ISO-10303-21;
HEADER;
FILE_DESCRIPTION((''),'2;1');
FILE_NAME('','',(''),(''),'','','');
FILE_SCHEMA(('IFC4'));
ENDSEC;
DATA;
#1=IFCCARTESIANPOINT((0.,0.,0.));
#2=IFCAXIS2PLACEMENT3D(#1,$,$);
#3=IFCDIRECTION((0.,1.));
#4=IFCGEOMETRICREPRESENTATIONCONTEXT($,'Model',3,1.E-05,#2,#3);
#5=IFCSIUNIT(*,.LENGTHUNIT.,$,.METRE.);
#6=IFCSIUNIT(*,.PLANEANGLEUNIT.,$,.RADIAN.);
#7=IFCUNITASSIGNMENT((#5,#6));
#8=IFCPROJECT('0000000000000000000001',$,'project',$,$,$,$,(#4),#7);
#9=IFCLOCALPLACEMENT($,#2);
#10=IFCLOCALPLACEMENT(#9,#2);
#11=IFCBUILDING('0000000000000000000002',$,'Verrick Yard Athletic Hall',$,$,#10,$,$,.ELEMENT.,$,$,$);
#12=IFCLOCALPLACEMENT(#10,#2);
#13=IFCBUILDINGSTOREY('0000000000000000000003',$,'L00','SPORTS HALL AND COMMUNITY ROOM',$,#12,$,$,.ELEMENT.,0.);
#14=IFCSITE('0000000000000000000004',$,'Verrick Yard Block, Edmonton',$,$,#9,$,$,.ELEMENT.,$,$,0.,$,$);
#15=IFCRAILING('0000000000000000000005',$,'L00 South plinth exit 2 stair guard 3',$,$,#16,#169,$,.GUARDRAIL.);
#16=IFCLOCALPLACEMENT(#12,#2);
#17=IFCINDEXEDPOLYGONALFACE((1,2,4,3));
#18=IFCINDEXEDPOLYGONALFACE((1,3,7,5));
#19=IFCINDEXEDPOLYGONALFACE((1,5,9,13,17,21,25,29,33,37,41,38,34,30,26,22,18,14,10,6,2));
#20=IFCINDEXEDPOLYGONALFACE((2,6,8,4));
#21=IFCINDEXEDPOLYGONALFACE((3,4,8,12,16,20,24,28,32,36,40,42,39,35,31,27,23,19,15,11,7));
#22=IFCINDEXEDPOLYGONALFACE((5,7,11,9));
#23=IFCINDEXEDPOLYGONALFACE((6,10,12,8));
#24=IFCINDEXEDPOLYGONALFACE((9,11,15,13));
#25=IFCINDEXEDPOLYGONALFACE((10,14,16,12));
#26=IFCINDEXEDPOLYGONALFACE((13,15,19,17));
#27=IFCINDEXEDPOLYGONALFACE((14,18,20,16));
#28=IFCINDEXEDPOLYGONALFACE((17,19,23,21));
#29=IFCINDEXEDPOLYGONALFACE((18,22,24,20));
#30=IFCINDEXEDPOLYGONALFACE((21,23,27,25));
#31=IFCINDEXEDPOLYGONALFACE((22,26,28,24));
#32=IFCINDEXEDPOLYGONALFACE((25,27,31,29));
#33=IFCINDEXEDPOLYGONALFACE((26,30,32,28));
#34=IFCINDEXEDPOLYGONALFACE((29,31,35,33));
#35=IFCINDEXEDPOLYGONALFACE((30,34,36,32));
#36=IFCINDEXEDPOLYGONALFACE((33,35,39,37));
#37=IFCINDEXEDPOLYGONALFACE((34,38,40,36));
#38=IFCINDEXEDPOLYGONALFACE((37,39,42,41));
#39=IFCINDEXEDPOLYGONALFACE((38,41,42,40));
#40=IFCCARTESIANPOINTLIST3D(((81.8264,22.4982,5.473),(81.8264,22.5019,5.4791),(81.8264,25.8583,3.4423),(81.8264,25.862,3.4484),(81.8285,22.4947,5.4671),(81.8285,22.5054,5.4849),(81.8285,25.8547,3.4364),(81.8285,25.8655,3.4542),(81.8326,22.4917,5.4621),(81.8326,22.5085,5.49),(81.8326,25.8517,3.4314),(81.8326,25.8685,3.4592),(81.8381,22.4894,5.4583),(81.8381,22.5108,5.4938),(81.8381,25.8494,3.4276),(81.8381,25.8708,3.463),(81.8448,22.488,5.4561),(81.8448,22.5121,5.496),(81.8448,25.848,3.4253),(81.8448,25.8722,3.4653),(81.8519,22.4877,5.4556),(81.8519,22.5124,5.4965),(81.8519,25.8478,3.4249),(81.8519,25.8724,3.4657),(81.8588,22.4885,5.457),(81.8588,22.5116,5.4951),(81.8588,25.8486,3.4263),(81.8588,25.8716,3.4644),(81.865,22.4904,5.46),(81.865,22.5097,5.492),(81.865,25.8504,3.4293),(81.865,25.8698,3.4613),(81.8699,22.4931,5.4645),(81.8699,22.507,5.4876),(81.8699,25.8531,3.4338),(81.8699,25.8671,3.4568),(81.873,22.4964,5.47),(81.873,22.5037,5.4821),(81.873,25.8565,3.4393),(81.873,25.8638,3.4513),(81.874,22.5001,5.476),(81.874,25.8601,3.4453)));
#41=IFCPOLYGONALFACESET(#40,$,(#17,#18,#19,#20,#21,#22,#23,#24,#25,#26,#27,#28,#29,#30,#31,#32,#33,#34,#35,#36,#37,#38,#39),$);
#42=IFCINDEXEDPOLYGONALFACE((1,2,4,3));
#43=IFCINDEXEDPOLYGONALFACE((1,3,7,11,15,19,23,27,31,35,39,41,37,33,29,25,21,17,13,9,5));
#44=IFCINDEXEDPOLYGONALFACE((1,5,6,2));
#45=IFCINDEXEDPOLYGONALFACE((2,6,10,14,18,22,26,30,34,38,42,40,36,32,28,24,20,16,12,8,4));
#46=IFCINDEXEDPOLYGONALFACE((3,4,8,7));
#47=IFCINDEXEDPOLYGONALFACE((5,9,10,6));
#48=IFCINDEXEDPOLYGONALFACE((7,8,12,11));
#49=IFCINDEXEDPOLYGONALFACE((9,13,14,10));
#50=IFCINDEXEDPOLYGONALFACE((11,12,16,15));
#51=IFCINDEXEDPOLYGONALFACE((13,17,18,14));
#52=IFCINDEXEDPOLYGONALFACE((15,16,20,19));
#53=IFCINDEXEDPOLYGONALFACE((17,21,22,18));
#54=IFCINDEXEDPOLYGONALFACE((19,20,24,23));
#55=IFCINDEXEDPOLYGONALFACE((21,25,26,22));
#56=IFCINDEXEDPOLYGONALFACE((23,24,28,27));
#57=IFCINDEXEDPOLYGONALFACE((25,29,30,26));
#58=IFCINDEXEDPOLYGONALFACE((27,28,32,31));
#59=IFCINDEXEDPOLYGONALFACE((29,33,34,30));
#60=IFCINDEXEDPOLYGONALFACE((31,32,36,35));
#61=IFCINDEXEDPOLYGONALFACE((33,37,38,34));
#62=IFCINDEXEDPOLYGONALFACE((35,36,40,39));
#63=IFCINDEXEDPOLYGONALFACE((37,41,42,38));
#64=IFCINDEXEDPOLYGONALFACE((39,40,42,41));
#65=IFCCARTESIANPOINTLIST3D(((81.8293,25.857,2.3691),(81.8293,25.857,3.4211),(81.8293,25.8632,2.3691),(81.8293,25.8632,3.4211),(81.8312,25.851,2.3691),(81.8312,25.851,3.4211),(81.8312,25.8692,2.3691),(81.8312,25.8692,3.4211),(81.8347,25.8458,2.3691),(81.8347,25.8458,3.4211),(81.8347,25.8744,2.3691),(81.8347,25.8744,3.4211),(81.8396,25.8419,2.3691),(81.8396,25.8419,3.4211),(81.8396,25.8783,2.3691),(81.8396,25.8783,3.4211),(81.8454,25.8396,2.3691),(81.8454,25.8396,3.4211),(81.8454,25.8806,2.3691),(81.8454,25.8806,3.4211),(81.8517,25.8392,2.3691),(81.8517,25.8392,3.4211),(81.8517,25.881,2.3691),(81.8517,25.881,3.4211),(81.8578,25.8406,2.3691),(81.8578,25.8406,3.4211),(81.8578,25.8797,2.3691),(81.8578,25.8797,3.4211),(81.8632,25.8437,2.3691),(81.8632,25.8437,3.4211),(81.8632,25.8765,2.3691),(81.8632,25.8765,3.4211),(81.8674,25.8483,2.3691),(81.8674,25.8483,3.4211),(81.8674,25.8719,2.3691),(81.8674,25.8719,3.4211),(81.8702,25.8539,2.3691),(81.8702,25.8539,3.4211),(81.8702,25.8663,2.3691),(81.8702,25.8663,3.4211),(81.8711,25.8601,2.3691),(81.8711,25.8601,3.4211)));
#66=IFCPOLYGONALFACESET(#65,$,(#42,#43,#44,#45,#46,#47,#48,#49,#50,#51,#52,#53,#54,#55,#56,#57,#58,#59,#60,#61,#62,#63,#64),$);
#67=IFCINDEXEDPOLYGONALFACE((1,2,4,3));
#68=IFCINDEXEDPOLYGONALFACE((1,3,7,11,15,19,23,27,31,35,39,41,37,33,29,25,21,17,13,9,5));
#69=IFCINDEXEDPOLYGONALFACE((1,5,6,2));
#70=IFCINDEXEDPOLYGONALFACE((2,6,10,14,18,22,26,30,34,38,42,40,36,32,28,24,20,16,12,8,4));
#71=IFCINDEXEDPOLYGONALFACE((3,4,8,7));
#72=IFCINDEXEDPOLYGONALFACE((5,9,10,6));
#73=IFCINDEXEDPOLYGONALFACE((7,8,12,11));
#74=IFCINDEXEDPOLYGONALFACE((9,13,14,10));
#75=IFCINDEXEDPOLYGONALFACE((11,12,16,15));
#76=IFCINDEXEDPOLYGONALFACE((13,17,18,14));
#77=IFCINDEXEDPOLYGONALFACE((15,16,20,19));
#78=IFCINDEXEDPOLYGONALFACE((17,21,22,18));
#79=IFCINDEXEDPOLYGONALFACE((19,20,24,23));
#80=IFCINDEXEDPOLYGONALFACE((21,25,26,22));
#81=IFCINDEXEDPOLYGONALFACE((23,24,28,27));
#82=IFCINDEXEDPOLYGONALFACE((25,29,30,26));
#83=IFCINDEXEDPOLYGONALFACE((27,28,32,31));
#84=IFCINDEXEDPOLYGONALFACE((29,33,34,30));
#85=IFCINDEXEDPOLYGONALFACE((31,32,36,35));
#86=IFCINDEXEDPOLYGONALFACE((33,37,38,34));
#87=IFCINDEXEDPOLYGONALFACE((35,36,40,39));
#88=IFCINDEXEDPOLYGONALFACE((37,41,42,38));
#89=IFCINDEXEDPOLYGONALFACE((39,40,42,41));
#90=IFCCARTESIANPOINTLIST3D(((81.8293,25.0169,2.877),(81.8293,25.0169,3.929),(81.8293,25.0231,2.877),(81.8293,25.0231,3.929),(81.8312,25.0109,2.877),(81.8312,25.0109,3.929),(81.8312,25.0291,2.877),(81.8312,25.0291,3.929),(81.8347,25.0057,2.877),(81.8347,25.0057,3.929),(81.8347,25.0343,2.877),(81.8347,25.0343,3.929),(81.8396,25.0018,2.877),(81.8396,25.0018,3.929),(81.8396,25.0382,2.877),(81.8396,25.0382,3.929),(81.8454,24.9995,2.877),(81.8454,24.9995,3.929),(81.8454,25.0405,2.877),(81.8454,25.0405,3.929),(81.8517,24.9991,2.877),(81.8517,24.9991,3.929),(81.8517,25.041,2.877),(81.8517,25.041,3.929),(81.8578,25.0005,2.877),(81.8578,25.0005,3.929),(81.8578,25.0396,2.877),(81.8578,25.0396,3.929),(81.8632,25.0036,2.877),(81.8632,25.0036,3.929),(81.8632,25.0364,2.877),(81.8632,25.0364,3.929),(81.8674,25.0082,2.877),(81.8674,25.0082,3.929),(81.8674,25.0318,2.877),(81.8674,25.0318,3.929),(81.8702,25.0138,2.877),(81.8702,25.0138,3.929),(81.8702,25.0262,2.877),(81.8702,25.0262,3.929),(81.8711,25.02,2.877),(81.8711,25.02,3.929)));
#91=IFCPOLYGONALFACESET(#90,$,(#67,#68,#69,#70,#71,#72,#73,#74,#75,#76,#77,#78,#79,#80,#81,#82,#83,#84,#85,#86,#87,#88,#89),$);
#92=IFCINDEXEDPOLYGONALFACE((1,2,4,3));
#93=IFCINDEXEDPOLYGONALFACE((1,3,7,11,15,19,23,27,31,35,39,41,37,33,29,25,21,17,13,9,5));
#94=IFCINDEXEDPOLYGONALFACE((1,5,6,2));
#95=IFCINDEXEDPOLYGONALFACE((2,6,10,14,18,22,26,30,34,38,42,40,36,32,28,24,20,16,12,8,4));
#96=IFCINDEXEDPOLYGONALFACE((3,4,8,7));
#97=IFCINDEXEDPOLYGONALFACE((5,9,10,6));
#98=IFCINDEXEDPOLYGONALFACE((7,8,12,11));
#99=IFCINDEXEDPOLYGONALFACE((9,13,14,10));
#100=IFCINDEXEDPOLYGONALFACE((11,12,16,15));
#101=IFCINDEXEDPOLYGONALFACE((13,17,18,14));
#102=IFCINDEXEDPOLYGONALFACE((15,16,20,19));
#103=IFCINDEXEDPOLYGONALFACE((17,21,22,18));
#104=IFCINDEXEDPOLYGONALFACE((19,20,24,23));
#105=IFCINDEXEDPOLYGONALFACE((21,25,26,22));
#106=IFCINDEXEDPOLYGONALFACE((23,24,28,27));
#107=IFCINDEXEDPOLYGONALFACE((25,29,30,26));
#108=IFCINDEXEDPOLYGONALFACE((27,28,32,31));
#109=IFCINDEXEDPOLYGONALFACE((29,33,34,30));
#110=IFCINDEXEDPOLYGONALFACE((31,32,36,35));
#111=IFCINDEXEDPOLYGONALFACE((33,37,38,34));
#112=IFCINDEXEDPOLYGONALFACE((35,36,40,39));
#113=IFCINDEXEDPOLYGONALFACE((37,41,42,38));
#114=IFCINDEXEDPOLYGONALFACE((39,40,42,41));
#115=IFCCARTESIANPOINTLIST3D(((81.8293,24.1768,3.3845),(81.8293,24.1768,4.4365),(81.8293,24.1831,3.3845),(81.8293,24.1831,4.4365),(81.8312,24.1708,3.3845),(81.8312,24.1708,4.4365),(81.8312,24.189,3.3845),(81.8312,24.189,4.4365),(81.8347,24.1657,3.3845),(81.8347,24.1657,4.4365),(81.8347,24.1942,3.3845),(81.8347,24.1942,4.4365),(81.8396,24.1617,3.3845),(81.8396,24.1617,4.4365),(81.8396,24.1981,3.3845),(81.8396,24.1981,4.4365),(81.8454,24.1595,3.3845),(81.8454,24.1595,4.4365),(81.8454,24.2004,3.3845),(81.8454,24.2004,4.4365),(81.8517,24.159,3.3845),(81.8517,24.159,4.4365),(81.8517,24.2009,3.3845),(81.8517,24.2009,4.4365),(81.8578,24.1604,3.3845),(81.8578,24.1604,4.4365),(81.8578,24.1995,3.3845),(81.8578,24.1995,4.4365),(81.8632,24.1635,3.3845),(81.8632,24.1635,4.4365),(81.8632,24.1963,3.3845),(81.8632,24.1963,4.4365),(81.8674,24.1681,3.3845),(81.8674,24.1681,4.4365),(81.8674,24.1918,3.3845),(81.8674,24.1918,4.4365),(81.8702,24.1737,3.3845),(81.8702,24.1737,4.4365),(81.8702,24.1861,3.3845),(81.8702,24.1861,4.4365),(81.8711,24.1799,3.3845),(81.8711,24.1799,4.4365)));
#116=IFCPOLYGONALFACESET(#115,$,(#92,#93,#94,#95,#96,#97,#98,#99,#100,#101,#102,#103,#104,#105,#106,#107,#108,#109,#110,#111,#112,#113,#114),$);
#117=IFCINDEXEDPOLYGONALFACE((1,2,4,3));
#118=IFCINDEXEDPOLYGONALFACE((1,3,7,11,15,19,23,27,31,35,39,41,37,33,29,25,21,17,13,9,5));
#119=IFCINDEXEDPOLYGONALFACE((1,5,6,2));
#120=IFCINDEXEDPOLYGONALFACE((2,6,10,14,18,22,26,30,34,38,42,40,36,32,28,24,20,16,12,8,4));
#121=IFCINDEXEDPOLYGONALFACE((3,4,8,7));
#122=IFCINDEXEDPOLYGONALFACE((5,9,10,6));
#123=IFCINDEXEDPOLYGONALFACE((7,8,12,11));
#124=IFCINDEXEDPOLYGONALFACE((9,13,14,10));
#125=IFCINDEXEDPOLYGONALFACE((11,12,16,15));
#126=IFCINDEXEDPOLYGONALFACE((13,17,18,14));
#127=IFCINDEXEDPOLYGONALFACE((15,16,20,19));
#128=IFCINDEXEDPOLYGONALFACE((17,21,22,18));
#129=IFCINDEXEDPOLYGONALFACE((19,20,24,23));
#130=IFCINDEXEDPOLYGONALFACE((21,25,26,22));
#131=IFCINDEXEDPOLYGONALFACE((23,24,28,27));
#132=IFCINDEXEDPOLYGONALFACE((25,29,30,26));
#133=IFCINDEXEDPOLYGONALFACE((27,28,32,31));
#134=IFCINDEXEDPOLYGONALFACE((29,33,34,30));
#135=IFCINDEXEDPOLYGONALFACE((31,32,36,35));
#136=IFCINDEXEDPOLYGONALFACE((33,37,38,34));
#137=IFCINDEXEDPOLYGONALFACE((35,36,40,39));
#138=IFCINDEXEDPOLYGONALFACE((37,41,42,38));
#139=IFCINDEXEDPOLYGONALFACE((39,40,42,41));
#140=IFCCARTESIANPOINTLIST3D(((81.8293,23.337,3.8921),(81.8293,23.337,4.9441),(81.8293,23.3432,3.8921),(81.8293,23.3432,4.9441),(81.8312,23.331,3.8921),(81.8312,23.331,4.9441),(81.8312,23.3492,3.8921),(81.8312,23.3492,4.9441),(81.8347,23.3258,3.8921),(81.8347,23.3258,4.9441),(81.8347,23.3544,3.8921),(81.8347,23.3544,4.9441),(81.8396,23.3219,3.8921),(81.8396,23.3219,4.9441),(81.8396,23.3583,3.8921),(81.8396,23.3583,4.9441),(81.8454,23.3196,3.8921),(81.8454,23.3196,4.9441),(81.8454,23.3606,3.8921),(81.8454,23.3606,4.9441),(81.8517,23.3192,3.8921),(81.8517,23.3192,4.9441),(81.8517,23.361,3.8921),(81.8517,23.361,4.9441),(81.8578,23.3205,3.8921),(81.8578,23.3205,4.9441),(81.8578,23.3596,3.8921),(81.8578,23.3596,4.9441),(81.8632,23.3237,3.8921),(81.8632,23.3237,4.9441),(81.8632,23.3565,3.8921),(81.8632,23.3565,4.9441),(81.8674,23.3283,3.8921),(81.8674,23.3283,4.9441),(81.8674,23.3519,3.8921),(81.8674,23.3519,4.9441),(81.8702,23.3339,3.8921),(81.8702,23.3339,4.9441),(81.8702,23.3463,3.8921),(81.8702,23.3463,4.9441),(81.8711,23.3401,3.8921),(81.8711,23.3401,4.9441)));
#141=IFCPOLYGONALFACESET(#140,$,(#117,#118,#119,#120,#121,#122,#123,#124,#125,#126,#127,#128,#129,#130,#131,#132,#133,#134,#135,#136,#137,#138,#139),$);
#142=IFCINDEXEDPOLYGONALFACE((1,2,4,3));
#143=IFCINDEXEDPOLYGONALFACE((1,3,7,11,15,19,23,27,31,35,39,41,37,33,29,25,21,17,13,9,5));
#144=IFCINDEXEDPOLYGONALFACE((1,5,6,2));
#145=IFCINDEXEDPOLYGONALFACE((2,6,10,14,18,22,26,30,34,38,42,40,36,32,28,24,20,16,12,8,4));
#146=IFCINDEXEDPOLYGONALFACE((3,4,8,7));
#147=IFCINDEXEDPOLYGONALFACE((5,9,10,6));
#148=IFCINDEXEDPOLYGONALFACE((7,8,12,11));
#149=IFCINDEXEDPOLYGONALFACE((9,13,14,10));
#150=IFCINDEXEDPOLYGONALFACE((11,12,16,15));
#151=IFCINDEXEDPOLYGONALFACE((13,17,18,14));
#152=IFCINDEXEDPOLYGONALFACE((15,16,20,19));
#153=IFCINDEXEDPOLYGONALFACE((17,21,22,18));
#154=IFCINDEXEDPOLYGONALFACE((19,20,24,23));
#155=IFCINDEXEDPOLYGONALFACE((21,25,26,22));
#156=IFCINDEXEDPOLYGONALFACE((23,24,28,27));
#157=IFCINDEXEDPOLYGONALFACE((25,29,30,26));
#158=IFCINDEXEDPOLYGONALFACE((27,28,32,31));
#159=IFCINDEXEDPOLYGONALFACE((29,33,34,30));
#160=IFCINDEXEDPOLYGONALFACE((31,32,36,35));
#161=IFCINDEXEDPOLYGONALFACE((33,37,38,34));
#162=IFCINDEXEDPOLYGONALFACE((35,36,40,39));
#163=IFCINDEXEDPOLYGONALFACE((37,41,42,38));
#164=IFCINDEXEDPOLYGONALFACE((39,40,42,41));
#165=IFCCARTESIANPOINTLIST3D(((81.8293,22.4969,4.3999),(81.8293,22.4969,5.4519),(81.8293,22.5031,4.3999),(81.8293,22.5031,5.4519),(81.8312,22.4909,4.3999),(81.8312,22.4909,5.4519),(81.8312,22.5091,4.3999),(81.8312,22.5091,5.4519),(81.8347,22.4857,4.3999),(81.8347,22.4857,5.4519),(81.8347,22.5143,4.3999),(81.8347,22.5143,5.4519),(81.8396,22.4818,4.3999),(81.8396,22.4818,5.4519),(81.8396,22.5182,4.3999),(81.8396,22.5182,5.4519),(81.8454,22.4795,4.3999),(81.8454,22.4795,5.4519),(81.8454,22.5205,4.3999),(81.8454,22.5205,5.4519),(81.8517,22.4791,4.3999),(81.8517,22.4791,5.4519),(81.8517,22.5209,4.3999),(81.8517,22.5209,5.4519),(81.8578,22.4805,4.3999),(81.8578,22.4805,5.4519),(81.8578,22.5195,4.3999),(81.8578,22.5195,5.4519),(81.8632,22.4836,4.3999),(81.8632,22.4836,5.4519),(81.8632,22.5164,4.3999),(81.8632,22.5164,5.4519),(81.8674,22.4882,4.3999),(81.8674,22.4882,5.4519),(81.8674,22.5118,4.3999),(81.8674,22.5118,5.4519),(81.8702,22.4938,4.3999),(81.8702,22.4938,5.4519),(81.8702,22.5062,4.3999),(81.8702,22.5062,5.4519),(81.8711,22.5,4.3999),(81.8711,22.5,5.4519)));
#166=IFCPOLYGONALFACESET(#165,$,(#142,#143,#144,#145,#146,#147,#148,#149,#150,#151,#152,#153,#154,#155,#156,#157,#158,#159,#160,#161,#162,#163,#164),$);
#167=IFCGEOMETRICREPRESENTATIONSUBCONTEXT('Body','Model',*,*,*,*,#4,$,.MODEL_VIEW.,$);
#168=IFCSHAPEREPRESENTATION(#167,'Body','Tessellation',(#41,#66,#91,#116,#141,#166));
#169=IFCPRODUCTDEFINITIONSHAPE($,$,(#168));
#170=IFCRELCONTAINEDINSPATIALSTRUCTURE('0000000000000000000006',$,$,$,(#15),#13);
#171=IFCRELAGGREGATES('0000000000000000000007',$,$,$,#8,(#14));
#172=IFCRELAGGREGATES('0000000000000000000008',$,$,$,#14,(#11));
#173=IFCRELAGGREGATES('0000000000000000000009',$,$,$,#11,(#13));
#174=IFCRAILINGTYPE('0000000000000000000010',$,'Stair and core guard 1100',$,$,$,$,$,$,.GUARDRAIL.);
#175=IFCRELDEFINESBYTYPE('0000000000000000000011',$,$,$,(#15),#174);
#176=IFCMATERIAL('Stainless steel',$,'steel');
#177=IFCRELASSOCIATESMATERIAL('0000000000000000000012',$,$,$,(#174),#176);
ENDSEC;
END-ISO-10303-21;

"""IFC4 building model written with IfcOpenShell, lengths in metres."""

from ifc_helpers import new_model, si_unit, direction, frame, origin, origin_2d, place, context, subcontext, project, spatial, circle, extrude, material, type_object, element, save


model = new_model("IFC4")

# Units and contexts
model_context = context("Model", 3, precision=1e-05, world=origin(), true_north=direction((0.0, 1.0)))
body_context = subcontext(model_context, "Body", "Model", "MODEL_VIEW")
ifc_project = project(units=[si_unit("LENGTHUNIT", "METRE"), si_unit("PLANEANGLEUNIT", "RADIAN")], contexts=[model_context])

# Site, building, storey
site_placement = place(None, origin())
site = spatial("IfcSite", under=ifc_project, at=site_placement, Name="Verrick Yard Block, Edmonton", CompositionType="ELEMENT", RefElevation=0.0)
building_placement = place(site_placement, origin())
building = spatial("IfcBuilding", under=site, at=building_placement, Name="Verrick Yard Athletic Hall", CompositionType="ELEMENT")
storey_placement = place(building_placement, origin())
storey = spatial("IfcBuildingStorey", under=building, at=storey_placement, Name="L00", Description="SPORTS HALL AND COMMUNITY ROOM", CompositionType="ELEMENT", Elevation=0.0)

# Railing
ifc_material_1 = material(Name="Stainless steel", Category="steel")
railing_type_1 = type_object("IfcRailingType", Name="Stair and core guard 1100", PredefinedType="GUARDRAIL", material=ifc_material_1)
railing_1_placement = place(storey_placement, frame((81.8501, 25.8601, 2.3691)))
element("IfcRailing", 1, at=railing_1_placement, inside=storey, type_object=railing_type_1, Name="L00 South plinth exit 2 stair guard 3", PredefinedType="GUARDRAIL", context=body_context, shape_type="SweptSolid", body=[
    extrude(circle(Radius=0.0239, at=origin_2d()), frame((0.0, 0.0, 1.0762), z_axis=(0.0, -0.855837, 0.517246), x_axis=(1.0, 0.0, 0.0)), (0.0, 0.0, 1.0), 3.926),
    extrude(circle(Radius=0.021, at=origin_2d()), origin(), (0.0, 0.0, 1.0), 1.052),
    extrude(circle(Radius=0.021, at=origin_2d()), frame((0.0, -0.8401, 0.5078)), (0.0, 0.0, 1.0), 1.052),
    extrude(circle(Radius=0.021, at=origin_2d()), frame((0.0, -1.6802, 1.0154)), (0.0, 0.0, 1.0), 1.052),
    extrude(circle(Radius=0.021, at=origin_2d()), frame((0.0, -2.52, 1.5229)), (0.0, 0.0, 1.0), 1.052),
    extrude(circle(Radius=0.021, at=origin_2d()), frame((0.0, -3.3601, 2.0308)), (0.0, 0.0, 1.0), 1.052),
])

save(model, "model.ifc")
